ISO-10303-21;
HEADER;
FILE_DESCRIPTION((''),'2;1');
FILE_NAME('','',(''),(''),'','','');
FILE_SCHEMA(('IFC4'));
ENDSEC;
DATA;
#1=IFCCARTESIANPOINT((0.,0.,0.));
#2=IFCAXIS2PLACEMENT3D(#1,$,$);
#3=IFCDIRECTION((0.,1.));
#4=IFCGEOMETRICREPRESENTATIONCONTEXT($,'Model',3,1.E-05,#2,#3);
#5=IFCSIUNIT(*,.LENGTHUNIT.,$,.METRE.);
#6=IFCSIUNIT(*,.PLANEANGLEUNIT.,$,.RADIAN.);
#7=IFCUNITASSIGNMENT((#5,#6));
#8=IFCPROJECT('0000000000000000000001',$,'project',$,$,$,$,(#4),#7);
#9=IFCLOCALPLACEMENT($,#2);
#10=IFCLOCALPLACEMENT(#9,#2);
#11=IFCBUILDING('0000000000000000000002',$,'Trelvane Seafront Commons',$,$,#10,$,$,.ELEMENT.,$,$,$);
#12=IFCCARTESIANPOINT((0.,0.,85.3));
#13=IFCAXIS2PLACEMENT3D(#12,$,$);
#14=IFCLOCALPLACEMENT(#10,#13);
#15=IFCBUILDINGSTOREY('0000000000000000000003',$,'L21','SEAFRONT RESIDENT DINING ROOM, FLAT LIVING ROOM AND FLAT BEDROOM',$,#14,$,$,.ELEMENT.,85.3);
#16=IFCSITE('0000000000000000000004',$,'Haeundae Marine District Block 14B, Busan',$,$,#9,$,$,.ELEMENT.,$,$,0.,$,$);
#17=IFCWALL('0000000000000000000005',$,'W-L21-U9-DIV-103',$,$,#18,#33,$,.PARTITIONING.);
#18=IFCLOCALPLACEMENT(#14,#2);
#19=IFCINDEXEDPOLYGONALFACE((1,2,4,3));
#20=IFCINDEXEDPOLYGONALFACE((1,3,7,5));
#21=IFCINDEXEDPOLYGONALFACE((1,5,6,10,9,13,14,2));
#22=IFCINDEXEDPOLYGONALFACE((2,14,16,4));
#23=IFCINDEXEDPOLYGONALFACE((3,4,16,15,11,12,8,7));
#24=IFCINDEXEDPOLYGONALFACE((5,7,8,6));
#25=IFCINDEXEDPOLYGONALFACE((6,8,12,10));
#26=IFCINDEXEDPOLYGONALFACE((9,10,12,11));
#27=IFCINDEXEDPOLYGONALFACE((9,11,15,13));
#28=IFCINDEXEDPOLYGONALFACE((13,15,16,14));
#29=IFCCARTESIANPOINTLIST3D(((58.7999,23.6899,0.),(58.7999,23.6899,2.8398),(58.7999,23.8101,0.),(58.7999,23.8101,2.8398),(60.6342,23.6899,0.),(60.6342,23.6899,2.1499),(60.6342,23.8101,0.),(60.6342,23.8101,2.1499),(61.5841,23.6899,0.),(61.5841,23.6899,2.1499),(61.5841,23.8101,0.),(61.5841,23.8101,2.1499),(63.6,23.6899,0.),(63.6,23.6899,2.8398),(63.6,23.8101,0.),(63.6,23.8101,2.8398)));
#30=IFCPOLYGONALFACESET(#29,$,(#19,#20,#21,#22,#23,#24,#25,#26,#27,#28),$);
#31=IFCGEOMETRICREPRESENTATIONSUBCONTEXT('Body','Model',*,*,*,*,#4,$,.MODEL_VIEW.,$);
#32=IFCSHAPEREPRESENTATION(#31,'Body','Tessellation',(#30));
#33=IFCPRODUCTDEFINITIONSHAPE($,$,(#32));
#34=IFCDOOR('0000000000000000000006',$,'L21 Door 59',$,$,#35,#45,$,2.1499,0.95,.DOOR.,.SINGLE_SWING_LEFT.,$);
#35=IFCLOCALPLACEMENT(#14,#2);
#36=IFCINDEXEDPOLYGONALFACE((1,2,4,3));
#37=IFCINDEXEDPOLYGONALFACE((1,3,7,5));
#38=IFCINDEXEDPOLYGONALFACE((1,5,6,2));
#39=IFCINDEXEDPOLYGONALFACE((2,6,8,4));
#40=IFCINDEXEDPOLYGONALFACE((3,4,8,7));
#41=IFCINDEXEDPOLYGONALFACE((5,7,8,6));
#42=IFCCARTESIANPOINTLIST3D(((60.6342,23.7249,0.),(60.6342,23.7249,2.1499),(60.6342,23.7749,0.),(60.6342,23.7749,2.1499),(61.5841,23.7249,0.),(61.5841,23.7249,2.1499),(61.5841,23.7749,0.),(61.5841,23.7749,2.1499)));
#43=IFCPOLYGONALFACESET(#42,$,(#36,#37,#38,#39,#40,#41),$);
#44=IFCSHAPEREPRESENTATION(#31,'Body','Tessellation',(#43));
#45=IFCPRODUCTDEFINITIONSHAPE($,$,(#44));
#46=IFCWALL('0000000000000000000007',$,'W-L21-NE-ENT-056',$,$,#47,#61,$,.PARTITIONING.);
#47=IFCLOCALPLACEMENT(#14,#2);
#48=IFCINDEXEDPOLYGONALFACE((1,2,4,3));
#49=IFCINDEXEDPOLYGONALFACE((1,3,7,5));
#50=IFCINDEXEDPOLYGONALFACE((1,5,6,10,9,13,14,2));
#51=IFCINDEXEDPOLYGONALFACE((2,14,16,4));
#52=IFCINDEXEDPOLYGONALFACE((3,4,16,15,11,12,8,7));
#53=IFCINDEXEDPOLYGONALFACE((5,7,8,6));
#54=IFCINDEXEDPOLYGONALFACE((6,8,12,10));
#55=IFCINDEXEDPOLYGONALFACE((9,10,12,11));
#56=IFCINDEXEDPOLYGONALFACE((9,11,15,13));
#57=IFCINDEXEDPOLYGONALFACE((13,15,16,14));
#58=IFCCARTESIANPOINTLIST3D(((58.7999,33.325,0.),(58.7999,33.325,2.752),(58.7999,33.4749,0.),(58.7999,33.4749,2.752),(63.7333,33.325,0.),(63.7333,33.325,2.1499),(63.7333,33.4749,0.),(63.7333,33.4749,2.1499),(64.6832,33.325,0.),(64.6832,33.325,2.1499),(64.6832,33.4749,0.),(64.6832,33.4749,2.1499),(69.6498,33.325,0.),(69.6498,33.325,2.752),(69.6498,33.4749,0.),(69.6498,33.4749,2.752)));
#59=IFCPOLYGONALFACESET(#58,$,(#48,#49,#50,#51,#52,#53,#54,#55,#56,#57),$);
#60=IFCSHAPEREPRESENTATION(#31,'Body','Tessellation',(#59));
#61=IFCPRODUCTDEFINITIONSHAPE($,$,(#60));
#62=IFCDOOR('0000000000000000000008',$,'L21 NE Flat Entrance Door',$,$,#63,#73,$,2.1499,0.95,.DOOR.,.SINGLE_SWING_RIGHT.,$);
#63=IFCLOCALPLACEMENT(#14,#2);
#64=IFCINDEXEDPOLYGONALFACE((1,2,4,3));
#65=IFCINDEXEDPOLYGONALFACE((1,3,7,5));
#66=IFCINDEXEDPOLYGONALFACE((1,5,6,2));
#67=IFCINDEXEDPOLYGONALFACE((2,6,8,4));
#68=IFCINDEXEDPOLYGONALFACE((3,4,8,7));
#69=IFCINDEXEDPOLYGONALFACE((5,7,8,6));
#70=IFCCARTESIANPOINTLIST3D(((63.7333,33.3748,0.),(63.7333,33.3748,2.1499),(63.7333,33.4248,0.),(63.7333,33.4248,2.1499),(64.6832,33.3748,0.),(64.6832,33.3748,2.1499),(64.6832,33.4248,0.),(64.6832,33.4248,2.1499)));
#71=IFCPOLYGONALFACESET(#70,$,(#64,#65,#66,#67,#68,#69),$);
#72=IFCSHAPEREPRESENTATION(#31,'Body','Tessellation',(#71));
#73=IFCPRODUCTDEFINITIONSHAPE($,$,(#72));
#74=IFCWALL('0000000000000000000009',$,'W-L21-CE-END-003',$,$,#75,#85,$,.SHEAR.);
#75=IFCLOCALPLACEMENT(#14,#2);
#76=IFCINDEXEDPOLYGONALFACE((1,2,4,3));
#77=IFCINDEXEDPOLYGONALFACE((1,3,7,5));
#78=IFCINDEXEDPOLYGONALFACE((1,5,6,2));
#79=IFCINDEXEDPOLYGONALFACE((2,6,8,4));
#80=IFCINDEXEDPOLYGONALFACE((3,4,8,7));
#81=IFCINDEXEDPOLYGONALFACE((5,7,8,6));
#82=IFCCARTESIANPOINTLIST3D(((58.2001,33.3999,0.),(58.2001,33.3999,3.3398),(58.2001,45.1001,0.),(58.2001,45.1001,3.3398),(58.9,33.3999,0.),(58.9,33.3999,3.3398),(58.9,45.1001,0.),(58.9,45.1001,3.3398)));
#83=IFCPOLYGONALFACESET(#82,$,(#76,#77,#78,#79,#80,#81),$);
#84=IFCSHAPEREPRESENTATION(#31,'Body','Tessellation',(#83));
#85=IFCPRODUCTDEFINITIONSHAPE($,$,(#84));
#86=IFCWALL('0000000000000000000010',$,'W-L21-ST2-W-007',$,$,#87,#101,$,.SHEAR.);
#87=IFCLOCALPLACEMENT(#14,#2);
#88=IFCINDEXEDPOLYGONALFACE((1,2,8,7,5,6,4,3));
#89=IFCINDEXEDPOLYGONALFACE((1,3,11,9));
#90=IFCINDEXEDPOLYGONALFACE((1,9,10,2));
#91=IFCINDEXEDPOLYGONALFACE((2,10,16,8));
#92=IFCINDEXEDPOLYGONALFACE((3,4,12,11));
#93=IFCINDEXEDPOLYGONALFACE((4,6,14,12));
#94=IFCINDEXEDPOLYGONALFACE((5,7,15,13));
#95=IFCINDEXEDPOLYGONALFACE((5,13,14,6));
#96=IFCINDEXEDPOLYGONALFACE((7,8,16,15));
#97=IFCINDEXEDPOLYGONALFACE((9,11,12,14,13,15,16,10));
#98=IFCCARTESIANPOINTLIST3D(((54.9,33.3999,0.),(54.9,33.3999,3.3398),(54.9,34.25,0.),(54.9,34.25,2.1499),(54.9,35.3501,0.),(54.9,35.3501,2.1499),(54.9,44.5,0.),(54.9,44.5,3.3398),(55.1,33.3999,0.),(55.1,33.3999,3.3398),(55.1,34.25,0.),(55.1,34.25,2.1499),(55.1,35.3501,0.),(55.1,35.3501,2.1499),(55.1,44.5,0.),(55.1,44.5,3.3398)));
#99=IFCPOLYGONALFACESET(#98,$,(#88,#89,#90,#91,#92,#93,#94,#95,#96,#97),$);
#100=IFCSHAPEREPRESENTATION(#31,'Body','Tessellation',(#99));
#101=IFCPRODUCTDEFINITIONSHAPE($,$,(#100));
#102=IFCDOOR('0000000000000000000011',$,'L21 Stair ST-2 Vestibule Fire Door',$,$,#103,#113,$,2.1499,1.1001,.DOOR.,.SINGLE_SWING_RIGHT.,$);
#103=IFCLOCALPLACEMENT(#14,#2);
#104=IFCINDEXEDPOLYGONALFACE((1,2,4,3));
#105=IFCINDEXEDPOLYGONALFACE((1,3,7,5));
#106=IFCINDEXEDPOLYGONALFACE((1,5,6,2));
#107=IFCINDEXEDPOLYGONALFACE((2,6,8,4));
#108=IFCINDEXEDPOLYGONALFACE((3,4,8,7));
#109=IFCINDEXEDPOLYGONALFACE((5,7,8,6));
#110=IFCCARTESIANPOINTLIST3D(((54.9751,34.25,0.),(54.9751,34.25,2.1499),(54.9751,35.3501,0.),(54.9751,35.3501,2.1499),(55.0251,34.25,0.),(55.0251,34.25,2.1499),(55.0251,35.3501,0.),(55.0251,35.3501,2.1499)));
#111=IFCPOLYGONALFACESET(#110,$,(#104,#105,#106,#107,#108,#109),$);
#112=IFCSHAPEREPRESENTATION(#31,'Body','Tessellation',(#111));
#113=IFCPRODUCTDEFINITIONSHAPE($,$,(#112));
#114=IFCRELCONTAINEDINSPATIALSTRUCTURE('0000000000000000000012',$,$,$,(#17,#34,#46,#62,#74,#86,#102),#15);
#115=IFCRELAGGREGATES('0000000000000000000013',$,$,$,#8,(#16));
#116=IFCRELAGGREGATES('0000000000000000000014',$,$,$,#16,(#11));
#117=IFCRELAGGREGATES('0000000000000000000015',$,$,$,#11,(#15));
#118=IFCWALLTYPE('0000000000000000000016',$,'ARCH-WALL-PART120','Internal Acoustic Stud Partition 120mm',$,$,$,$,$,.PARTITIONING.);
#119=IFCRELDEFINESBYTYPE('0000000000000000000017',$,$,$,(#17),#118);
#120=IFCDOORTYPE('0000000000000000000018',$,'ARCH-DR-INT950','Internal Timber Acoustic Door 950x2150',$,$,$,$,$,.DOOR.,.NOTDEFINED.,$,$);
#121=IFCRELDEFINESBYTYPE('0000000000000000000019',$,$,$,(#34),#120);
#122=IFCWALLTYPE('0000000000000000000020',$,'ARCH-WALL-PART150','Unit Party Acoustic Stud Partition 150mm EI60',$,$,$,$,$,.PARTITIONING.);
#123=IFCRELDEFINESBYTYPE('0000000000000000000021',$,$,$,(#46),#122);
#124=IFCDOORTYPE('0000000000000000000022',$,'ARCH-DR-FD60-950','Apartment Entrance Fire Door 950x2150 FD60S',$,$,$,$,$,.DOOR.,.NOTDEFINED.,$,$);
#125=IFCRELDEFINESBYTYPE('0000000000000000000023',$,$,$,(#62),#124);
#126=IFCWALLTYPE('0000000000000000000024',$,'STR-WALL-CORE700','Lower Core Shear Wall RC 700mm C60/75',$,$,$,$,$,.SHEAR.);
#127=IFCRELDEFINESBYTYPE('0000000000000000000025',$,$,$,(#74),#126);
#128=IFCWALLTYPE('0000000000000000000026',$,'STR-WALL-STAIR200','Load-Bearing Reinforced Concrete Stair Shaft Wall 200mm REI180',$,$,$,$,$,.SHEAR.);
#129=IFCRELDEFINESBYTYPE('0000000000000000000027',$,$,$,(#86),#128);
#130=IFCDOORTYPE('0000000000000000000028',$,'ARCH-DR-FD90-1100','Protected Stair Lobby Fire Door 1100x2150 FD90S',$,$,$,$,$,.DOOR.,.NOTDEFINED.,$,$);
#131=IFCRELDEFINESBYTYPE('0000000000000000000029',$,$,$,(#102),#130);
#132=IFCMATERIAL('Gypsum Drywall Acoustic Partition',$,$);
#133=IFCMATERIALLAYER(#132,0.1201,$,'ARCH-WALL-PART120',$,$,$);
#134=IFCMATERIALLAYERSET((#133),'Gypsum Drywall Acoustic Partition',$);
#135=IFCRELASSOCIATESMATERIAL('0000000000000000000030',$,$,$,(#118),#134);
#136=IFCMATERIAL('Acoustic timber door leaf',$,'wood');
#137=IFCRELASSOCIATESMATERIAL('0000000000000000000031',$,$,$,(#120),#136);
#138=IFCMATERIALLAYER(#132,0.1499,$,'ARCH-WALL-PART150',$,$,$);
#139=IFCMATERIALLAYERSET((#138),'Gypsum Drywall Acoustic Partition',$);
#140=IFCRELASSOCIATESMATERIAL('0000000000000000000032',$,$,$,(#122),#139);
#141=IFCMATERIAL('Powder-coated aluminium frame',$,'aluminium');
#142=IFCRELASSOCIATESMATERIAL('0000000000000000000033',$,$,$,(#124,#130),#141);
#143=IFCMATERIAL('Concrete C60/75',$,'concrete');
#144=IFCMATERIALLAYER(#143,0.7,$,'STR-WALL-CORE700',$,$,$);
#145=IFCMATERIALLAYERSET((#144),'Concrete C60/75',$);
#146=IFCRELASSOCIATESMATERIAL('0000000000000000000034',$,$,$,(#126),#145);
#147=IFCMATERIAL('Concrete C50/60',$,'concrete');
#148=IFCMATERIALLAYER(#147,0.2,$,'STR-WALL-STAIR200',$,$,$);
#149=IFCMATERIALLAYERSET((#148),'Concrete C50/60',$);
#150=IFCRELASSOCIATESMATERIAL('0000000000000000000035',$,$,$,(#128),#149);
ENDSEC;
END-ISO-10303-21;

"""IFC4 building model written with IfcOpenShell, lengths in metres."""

from ifc_helpers import new_model, si_unit, direction, frame, frame_2d, origin, place, context, subcontext, project, spatial, rectangle, extrude, source, transform, mapped, material, layer, layer_set, type_object, element, fill, save


model = new_model("IFC4")

# Units and contexts
model_context = context("Model", 3, precision=1e-05, world=origin(), true_north=direction((0.0, 1.0)))
body_context = subcontext(model_context, "Body", "Model", "MODEL_VIEW")
ifc_project = project(units=[si_unit("LENGTHUNIT", "METRE"), si_unit("PLANEANGLEUNIT", "RADIAN")], contexts=[model_context])

# Site, building, storey
site_placement = place(None, origin())
site = spatial("IfcSite", under=ifc_project, at=site_placement, Name="Haeundae Marine District Block 14B, Busan", CompositionType="ELEMENT", RefElevation=0.0)
building_placement = place(site_placement, origin())
building = spatial("IfcBuilding", under=site, at=building_placement, Name="Trelvane Seafront Commons", CompositionType="ELEMENT")
storey_placement = place(building_placement, frame((0.0, 0.0, 85.3)))
storey = spatial("IfcBuildingStorey", under=building, at=storey_placement, Name="L21", Description="SEAFRONT RESIDENT DINING ROOM, FLAT LIVING ROOM AND FLAT BEDROOM", CompositionType="ELEMENT", Elevation=85.3)

# Shared definitions
ifc_material_1 = material(Name="Concrete C60/75", Category="concrete")

# Shared definitions
ifc_material_2 = material(Name="Gypsum Drywall Acoustic Partition")
ifc_layer_1 = layer(ifc_material_2, 0.1201, Name="ARCH-WALL-PART120")
ifc_layer_set_1 = layer_set([ifc_layer_1], Name="Gypsum Drywall Acoustic Partition")
wall_type_1 = type_object("IfcWallType", Name="ARCH-WALL-PART120", Description="Internal Acoustic Stud Partition 120mm", PredefinedType="PARTITIONING", material=ifc_layer_set_1)
ifc_material_3 = material(Name="Acoustic timber door leaf", Category="wood")
door_type_1 = type_object("IfcDoorType", Name="ARCH-DR-INT950", Description="Internal Timber Acoustic Door 950x2150", OperationType="NOTDEFINED", PredefinedType="DOOR", material=ifc_material_3)
shared_shape_1 = source(origin(), body_context, "Body", "SweptSolid", [
    extrude(rectangle(XDim=0.95, YDim=2.1499, at=frame_2d((0.4751, 1.075))), frame((0.0, 0.0249, 0.0), z_axis=(0.0, -1.0, 0.0), x_axis=(1.0, 0.0, 0.0)), (0.0, 0.0, 1.0), 0.05),
])

# Walls, openings, doors
wall_1_placement = place(storey_placement, frame((58.8, 23.75, 0.0), z_axis=(0.0, 0.0, 1.0), x_axis=(1.0, 0.0, 0.0)))
wall_1 = element("IfcWall", 1, at=wall_1_placement, inside=storey, type_object=wall_type_1, Name="W-L21-U9-DIV-103", PredefinedType="PARTITIONING", context=body_context, shape_type="SweptSolid", body=[
    extrude(rectangle(XDim=4.8, YDim=0.1201, at=frame_2d((2.3999, 0.0))), origin(), (0.0, 0.0, 1.0), 2.8398),
])
opening_1_placement = place(wall_1_placement, frame((1.834, 0.0, 0.0)))
opening_1 = element("IfcOpeningElement", 2, at=opening_1_placement, cuts=wall_1, PredefinedType="OPENING", context=body_context, shape_type="SweptSolid", body=[
    extrude(rectangle(XDim=0.95, YDim=2.1499, at=frame_2d((0.4751, 1.075))), frame((0.0, 0.0701, 0.0), z_axis=(0.0, -1.0, 0.0), x_axis=(1.0, 0.0, 0.0)), (0.0, 0.0, 1.0), 0.1401),
])
door_1_placement = place(opening_1_placement, origin())
door_1 = element("IfcDoor", 3, at=door_1_placement, inside=storey, type_object=door_type_1, Name="L21 Door 59", OperationType="SINGLE_SWING_LEFT", OverallHeight=2.1499, OverallWidth=0.95, PredefinedType="DOOR", context=body_context, shape_type="MappedRepresentation", body=[
    mapped(shared_shape_1, transform((0.0, 0.0, 0.0), x_axis=(1.0, 0.0, 0.0), y_axis=(0.0, 1.0, 0.0), z_axis=(0.0, 0.0, 1.0), scale=1.0)),
])
fill(opening_1, door_1)
ifc_layer_2 = layer(ifc_material_2, 0.1499, Name="ARCH-WALL-PART150")
ifc_layer_set_2 = layer_set([ifc_layer_2], Name="Gypsum Drywall Acoustic Partition")
wall_type_2 = type_object("IfcWallType", Name="ARCH-WALL-PART150", Description="Unit Party Acoustic Stud Partition 150mm EI60", PredefinedType="PARTITIONING", material=ifc_layer_set_2)
wall_2_placement = place(storey_placement, frame((58.8, 33.3999, 0.0), z_axis=(0.0, 0.0, 1.0), x_axis=(1.0, 0.0, 0.0)))
wall_2 = element("IfcWall", 4, at=wall_2_placement, inside=storey, type_object=wall_type_2, Name="W-L21-NE-ENT-056", PredefinedType="PARTITIONING", context=body_context, shape_type="SweptSolid", body=[
    extrude(rectangle(XDim=10.8499, YDim=0.1499, at=frame_2d((5.4248, 0.0))), origin(), (0.0, 0.0, 1.0), 2.752),
])
opening_2_placement = place(wall_2_placement, frame((4.9331, 0.0, 0.0)))
opening_2 = element("IfcOpeningElement", 5, at=opening_2_placement, cuts=wall_2, PredefinedType="OPENING", context=body_context, shape_type="SweptSolid", body=[
    extrude(rectangle(XDim=0.95, YDim=2.1499, at=frame_2d((0.4751, 1.075))), frame((0.0, 0.085, 0.0), z_axis=(0.0, -1.0, 0.0), x_axis=(1.0, 0.0, 0.0)), (0.0, 0.0, 1.0), 0.1699),
])
ifc_material_4 = material(Name="Powder-coated aluminium frame", Category="aluminium")
door_type_2 = type_object("IfcDoorType", Name="ARCH-DR-FD60-950", Description="Apartment Entrance Fire Door 950x2150 FD60S", OperationType="NOTDEFINED", PredefinedType="DOOR", material=ifc_material_4)
door_2_placement = place(opening_2_placement, origin())
door_2 = element("IfcDoor", 6, at=door_2_placement, inside=storey, type_object=door_type_2, Name="L21 NE Flat Entrance Door", OperationType="SINGLE_SWING_RIGHT", OverallHeight=2.1499, OverallWidth=0.95, PredefinedType="DOOR", context=body_context, shape_type="MappedRepresentation", body=[
    mapped(shared_shape_1, transform((0.0, 0.0, 0.0), x_axis=(1.0, 0.0, 0.0), y_axis=(0.0, 1.0, 0.0), z_axis=(0.0, 0.0, 1.0), scale=1.0)),
])
fill(opening_2, door_2)

# Wall
ifc_layer_3 = layer(ifc_material_1, 0.7, Name="STR-WALL-CORE700")
ifc_layer_set_3 = layer_set([ifc_layer_3], Name="Concrete C60/75")
wall_type_3 = type_object("IfcWallType", Name="STR-WALL-CORE700", Description="Lower Core Shear Wall RC 700mm C60/75", PredefinedType="SHEAR", material=ifc_layer_set_3)
wall_3_placement = place(storey_placement, frame((58.55, 33.3999, 0.0), z_axis=(0.0, 0.0, 1.0), x_axis=(0.0, 1.0, 0.0)))
element("IfcWall", 7, at=wall_3_placement, inside=storey, type_object=wall_type_3, Name="W-L21-CE-END-003", PredefinedType="SHEAR", context=body_context, shape_type="SweptSolid", body=[
    extrude(rectangle(XDim=11.7002, YDim=0.7, at=frame_2d((5.8501, 0.0))), origin(), (0.0, 0.0, 1.0), 3.3398),
])

# Wall, opening, door
ifc_material_5 = material(Name="Concrete C50/60", Category="concrete")
ifc_layer_4 = layer(ifc_material_5, 0.2, Name="STR-WALL-STAIR200")
ifc_layer_set_4 = layer_set([ifc_layer_4], Name="Concrete C50/60")
wall_type_4 = type_object("IfcWallType", Name="STR-WALL-STAIR200", Description="Load-Bearing Reinforced Concrete Stair Shaft Wall 200mm REI180", PredefinedType="SHEAR", material=ifc_layer_set_4)
wall_4_placement = place(storey_placement, frame((55.0, 33.3999, 0.0), z_axis=(0.0, 0.0, 1.0), x_axis=(0.0, 1.0, 0.0)))
wall_4 = element("IfcWall", 8, at=wall_4_placement, inside=storey, type_object=wall_type_4, Name="W-L21-ST2-W-007", PredefinedType="SHEAR", context=body_context, shape_type="SweptSolid", body=[
    extrude(rectangle(XDim=11.1001, YDim=0.2, at=frame_2d((5.55, 0.0))), origin(), (0.0, 0.0, 1.0), 3.3398),
])
opening_3_placement = place(wall_4_placement, frame((0.8501, 0.0, 0.0)))
opening_3 = element("IfcOpeningElement", 9, at=opening_3_placement, cuts=wall_4, PredefinedType="OPENING", context=body_context, shape_type="SweptSolid", body=[
    extrude(rectangle(XDim=1.1001, YDim=2.1499, at=frame_2d((0.55, 1.075))), frame((0.0, 0.1099, 0.0), z_axis=(0.0, -1.0, 0.0), x_axis=(1.0, 0.0, 0.0)), (0.0, 0.0, 1.0), 0.22),
])
door_type_3 = type_object("IfcDoorType", Name="ARCH-DR-FD90-1100", Description="Protected Stair Lobby Fire Door 1100x2150 FD90S", OperationType="NOTDEFINED", PredefinedType="DOOR", material=ifc_material_4)
shared_shape_2 = source(origin(), body_context, "Body", "SweptSolid", [
    extrude(rectangle(XDim=1.1001, YDim=2.1499, at=frame_2d((0.55, 1.075))), frame((0.0, 0.0249, 0.0), z_axis=(0.0, -1.0, 0.0), x_axis=(1.0, 0.0, 0.0)), (0.0, 0.0, 1.0), 0.05),
])
door_3_placement = place(opening_3_placement, origin())
door_3 = element("IfcDoor", 10, at=door_3_placement, inside=storey, type_object=door_type_3, Name="L21 Stair ST-2 Vestibule Fire Door", OperationType="SINGLE_SWING_RIGHT", OverallHeight=2.1499, OverallWidth=1.1001, PredefinedType="DOOR", context=body_context, shape_type="MappedRepresentation", body=[
    mapped(shared_shape_2, transform((0.0, 0.0, 0.0), x_axis=(1.0, 0.0, 0.0), y_axis=(0.0, 1.0, 0.0), z_axis=(0.0, 0.0, 1.0), scale=1.0)),
])
fill(opening_3, door_3)

save(model, "model.ifc")
